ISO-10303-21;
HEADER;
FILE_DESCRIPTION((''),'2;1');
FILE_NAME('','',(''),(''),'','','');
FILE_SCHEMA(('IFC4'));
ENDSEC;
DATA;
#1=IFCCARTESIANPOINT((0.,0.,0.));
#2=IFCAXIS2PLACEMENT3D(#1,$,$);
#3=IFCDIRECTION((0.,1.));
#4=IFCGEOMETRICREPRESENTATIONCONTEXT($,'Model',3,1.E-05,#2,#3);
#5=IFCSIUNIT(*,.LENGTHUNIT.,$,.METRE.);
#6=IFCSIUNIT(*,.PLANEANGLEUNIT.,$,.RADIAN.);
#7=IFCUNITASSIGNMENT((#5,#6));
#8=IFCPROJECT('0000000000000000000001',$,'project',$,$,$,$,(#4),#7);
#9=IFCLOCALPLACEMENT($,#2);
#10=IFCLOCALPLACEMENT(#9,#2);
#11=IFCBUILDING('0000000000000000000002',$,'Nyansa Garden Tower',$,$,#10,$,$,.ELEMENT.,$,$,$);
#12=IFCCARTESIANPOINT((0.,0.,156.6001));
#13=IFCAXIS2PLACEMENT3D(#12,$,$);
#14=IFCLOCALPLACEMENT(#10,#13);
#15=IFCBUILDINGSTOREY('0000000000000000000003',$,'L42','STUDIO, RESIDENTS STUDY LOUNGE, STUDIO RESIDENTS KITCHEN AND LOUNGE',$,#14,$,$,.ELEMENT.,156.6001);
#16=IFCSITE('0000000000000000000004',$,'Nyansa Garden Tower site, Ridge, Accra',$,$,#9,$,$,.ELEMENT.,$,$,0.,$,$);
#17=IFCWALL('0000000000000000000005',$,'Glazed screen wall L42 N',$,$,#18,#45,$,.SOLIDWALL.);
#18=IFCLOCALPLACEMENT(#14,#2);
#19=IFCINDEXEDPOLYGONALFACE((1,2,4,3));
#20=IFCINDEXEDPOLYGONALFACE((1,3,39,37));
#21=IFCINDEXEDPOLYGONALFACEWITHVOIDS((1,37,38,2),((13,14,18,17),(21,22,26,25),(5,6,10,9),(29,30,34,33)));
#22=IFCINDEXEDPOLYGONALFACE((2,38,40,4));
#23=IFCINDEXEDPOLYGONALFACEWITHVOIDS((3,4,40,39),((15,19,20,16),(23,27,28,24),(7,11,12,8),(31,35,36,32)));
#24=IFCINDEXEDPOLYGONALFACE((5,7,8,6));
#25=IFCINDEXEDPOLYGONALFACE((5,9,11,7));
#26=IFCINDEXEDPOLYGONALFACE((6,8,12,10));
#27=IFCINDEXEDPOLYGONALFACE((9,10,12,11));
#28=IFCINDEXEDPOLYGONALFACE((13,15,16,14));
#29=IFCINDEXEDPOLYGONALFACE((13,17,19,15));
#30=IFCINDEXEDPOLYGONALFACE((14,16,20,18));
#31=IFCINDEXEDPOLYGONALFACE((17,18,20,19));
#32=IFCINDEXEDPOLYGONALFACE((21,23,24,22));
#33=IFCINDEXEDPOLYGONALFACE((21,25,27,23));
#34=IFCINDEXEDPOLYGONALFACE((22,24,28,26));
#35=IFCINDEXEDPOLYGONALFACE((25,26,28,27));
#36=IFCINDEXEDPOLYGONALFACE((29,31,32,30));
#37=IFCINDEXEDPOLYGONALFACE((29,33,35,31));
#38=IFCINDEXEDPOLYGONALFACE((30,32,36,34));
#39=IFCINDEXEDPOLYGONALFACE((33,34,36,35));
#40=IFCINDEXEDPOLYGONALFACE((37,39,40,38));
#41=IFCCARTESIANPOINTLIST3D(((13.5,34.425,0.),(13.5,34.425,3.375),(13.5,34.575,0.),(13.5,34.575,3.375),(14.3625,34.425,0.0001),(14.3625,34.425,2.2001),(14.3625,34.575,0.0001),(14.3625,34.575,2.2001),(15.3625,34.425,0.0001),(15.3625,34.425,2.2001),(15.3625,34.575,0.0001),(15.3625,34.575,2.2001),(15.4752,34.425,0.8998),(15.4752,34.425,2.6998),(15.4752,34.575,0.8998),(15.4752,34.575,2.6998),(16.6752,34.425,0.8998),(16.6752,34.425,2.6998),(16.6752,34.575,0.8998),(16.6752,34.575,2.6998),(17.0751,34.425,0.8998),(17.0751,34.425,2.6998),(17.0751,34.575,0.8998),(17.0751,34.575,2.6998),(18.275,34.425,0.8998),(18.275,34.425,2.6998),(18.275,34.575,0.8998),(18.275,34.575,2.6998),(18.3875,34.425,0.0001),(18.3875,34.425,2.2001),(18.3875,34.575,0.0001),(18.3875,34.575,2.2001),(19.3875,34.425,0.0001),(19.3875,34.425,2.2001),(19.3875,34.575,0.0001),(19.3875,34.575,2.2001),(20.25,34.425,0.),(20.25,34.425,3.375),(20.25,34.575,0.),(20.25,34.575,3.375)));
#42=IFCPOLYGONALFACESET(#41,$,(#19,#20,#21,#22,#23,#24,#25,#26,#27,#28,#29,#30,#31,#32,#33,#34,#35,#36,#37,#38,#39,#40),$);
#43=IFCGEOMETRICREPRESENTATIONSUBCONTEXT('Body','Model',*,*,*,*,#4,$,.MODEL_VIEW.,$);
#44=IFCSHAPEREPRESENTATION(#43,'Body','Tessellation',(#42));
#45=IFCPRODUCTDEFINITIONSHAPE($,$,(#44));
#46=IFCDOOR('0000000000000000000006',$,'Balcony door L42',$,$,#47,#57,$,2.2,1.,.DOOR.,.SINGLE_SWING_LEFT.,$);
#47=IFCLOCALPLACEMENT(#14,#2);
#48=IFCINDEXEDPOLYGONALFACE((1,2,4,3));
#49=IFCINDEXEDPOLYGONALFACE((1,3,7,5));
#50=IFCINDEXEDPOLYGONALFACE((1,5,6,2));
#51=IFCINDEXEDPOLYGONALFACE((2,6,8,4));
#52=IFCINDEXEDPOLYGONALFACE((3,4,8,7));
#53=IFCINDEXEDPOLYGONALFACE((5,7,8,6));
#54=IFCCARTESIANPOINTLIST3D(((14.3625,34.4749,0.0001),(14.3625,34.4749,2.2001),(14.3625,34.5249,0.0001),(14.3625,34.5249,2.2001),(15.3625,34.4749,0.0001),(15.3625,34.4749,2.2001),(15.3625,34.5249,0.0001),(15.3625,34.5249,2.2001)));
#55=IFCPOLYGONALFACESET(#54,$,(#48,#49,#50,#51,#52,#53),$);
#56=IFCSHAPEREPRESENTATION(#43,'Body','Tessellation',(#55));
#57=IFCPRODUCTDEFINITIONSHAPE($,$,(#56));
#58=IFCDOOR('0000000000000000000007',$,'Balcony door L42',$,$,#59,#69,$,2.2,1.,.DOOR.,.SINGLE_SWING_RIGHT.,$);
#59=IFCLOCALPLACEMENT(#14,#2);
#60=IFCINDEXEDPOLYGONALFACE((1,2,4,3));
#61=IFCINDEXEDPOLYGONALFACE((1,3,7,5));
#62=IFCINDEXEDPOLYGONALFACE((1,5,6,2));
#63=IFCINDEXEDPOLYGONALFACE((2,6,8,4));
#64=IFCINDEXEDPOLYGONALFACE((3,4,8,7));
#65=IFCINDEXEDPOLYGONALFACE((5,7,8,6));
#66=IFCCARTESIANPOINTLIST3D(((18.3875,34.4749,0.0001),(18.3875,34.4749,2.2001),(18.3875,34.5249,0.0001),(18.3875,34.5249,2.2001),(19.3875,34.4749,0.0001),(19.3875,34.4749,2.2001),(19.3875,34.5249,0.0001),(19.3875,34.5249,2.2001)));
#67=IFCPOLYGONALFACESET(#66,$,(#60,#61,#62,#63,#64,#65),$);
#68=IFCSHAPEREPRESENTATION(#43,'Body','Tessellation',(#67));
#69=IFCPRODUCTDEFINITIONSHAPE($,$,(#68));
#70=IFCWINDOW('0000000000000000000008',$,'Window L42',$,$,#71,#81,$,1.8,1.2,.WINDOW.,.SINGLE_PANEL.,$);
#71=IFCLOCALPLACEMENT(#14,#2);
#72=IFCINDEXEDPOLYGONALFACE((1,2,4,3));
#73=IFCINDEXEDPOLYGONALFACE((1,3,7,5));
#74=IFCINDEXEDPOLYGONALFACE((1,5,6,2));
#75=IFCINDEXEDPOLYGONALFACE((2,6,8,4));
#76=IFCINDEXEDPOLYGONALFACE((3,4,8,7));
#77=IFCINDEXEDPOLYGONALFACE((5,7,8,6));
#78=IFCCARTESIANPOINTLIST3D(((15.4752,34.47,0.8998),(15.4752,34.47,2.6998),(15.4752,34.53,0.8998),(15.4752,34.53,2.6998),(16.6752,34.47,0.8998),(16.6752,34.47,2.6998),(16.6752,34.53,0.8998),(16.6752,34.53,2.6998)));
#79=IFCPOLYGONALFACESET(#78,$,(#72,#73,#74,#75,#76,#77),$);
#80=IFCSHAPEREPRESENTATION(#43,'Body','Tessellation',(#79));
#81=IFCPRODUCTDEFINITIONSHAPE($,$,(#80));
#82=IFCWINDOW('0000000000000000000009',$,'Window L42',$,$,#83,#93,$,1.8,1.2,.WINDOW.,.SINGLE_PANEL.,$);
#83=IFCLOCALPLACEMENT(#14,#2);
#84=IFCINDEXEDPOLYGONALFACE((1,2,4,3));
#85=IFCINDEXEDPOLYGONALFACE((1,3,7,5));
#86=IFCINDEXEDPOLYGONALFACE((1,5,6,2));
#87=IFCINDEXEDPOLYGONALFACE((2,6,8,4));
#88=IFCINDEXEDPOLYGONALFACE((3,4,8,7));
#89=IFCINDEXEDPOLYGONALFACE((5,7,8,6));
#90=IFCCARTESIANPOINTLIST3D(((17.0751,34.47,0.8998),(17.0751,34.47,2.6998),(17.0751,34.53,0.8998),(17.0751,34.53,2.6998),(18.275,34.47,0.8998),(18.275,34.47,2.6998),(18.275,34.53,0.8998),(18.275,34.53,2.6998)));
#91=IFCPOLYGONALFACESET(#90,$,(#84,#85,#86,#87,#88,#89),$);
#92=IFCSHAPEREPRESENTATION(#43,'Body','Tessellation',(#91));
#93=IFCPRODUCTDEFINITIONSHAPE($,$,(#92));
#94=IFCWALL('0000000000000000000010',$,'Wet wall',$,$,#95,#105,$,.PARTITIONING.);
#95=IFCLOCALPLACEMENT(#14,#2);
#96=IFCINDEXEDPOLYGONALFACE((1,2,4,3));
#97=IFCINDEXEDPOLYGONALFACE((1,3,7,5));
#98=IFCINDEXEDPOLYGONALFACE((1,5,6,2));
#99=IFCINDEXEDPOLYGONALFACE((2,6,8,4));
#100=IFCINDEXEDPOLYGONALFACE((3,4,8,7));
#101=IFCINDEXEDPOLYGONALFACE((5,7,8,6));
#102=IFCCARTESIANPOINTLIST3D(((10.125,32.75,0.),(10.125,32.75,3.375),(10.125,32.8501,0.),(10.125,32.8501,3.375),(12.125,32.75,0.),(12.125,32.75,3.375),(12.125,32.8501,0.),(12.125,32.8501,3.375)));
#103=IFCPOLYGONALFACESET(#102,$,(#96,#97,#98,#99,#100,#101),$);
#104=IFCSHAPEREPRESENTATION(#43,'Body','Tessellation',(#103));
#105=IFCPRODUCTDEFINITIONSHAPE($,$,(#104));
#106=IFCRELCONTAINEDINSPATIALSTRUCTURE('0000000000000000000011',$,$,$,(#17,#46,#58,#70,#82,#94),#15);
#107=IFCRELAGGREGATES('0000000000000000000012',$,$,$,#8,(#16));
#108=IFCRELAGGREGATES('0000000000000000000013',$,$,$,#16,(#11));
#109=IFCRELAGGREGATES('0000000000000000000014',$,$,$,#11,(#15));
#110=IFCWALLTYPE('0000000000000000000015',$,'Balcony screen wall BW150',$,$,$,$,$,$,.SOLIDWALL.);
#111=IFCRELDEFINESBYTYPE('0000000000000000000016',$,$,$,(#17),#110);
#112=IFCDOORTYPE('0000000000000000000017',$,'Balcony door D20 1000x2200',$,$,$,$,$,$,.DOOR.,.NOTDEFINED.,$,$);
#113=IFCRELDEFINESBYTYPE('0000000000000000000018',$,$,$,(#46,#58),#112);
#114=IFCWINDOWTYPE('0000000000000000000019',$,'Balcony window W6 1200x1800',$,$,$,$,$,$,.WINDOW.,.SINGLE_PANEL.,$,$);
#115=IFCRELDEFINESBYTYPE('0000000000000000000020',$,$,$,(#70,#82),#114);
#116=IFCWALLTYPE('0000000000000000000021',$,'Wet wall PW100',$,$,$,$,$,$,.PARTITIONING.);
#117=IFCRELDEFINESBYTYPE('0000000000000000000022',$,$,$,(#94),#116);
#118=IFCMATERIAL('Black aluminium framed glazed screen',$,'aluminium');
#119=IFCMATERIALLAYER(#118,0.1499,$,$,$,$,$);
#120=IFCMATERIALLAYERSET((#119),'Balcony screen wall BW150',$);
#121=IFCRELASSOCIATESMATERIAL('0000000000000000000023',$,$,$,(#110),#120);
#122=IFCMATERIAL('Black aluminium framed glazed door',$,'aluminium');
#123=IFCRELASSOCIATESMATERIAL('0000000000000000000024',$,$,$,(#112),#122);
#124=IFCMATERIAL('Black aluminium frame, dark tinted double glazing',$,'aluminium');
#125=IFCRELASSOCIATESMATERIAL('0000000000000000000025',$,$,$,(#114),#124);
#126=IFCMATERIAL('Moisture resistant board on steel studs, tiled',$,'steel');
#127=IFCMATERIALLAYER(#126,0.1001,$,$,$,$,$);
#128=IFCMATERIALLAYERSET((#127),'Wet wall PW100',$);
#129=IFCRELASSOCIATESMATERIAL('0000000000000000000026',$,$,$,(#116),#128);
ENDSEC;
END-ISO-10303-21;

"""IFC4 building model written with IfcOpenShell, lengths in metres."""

from ifc_helpers import new_model, si_unit, direction, frame, frame_2d, origin, place, context, subcontext, project, spatial, rectangle, extrude, material, layer, layer_set, type_object, element, fill, save


model = new_model("IFC4")

# Units and contexts
model_context = context("Model", 3, precision=1e-05, world=origin(), true_north=direction((0.0, 1.0)))
body_context = subcontext(model_context, "Body", "Model", "MODEL_VIEW")
ifc_project = project(units=[si_unit("LENGTHUNIT", "METRE"), si_unit("PLANEANGLEUNIT", "RADIAN")], contexts=[model_context])

# Site, building, storey
site_placement = place(None, origin())
site = spatial("IfcSite", under=ifc_project, at=site_placement, Name="Nyansa Garden Tower site, Ridge, Accra", CompositionType="ELEMENT", RefElevation=0.0)
building_placement = place(site_placement, origin())
building = spatial("IfcBuilding", under=site, at=building_placement, Name="Nyansa Garden Tower", CompositionType="ELEMENT")
storey_placement = place(building_placement, frame((0.0, 0.0, 156.6001)))
storey = spatial("IfcBuildingStorey", under=building, at=storey_placement, Name="L42", Description="STUDIO, RESIDENTS STUDY LOUNGE, STUDIO RESIDENTS KITCHEN AND LOUNGE", CompositionType="ELEMENT", Elevation=156.6001)

# Wall, openings, doors, windows
ifc_material_1 = material(Name="Black aluminium framed glazed screen", Category="aluminium")
ifc_layer_1 = layer(ifc_material_1, 0.1499)
ifc_layer_set_1 = layer_set([ifc_layer_1], Name="Balcony screen wall BW150")
wall_type_1 = type_object("IfcWallType", Name="Balcony screen wall BW150", PredefinedType="SOLIDWALL", material=ifc_layer_set_1)
wall_1_placement = place(storey_placement, frame((13.5, 34.5, 0.0), z_axis=(0.0, 0.0, 1.0), x_axis=(1.0, 0.0, 0.0)))
wall_1 = element("IfcWall", 1, at=wall_1_placement, inside=storey, type_object=wall_type_1, Name="Glazed screen wall L42 N", PredefinedType="SOLIDWALL", context=body_context, shape_type="SweptSolid", body=[
    extrude(rectangle(XDim=6.75, YDim=0.1499, at=frame_2d((3.375, 0.0))), origin(), (0.0, 0.0, 1.0), 3.375),
])
opening_1_placement = place(wall_1_placement, frame((0.8625, 0.0, 0.0)))
opening_1 = element("IfcOpeningElement", 2, at=opening_1_placement, cuts=wall_1, PredefinedType="OPENING", context=body_context, shape_type="SweptSolid", body=[
    extrude(rectangle(XDim=1.0, YDim=2.2, at=frame_2d((0.5, 1.1001))), frame((0.0, 0.085, 0.0), z_axis=(0.0, -1.0, 0.0), x_axis=(1.0, 0.0, 0.0)), (0.0, 0.0, 1.0), 0.1699),
])
opening_2_placement = place(wall_1_placement, frame((1.9751, 0.0, 0.8999)))
opening_2 = element("IfcOpeningElement", 3, at=opening_2_placement, cuts=wall_1, PredefinedType="OPENING", context=body_context, shape_type="SweptSolid", body=[
    extrude(rectangle(XDim=1.2, YDim=1.8, at=frame_2d((0.6001, 0.8999))), frame((0.0, 0.085, 0.0), z_axis=(0.0, -1.0, 0.0), x_axis=(1.0, 0.0, 0.0)), (0.0, 0.0, 1.0), 0.1699),
])
opening_3_placement = place(wall_1_placement, frame((4.8875, 0.0, 0.0)))
opening_3 = element("IfcOpeningElement", 4, at=opening_3_placement, cuts=wall_1, PredefinedType="OPENING", context=body_context, shape_type="SweptSolid", body=[
    extrude(rectangle(XDim=1.0, YDim=2.2, at=frame_2d((0.5, 1.1001))), frame((0.0, 0.085, 0.0), z_axis=(0.0, -1.0, 0.0), x_axis=(1.0, 0.0, 0.0)), (0.0, 0.0, 1.0), 0.1699),
])
opening_4_placement = place(wall_1_placement, frame((3.575, 0.0, 0.8999)))
opening_4 = element("IfcOpeningElement", 5, at=opening_4_placement, cuts=wall_1, PredefinedType="OPENING", context=body_context, shape_type="SweptSolid", body=[
    extrude(rectangle(XDim=1.2, YDim=1.8, at=frame_2d((0.6001, 0.8999))), frame((0.0, 0.085, 0.0), z_axis=(0.0, -1.0, 0.0), x_axis=(1.0, 0.0, 0.0)), (0.0, 0.0, 1.0), 0.1699),
])
ifc_material_2 = material(Name="Black aluminium framed glazed door", Category="aluminium")
door_type = type_object("IfcDoorType", Name="Balcony door D20 1000x2200", OperationType="NOTDEFINED", PredefinedType="DOOR", material=ifc_material_2)
door_1_placement = place(opening_1_placement, origin())
door_1 = element("IfcDoor", 6, at=door_1_placement, inside=storey, type_object=door_type, Name="Balcony door L42", OperationType="SINGLE_SWING_LEFT", OverallHeight=2.2, OverallWidth=1.0, PredefinedType="DOOR", context=body_context, shape_type="SweptSolid", body=[
    extrude(rectangle(XDim=1.0, YDim=2.2, at=frame_2d((0.5, 1.1001))), frame((0.0, 0.0249, 0.0), z_axis=(0.0, -1.0, 0.0), x_axis=(1.0, 0.0, 0.0)), (0.0, 0.0, 1.0), 0.05),
])
fill(opening_1, door_1)
door_2_placement = place(opening_3_placement, origin())
door_2 = element("IfcDoor", 7, at=door_2_placement, inside=storey, type_object=door_type, Name="Balcony door L42", OperationType="SINGLE_SWING_RIGHT", OverallHeight=2.2, OverallWidth=1.0, PredefinedType="DOOR", context=body_context, shape_type="SweptSolid", body=[
    extrude(rectangle(XDim=1.0, YDim=2.2, at=frame_2d((0.5, 1.1001))), frame((0.0, 0.0249, 0.0), z_axis=(0.0, -1.0, 0.0), x_axis=(1.0, 0.0, 0.0)), (0.0, 0.0, 1.0), 0.05),
])
fill(opening_3, door_2)
ifc_material_3 = material(Name="Black aluminium frame, dark tinted double glazing", Category="aluminium")
window_type = type_object("IfcWindowType", Name="Balcony window W6 1200x1800", PartitioningType="SINGLE_PANEL", PredefinedType="WINDOW", material=ifc_material_3)
window_1_placement = place(opening_2_placement, origin())
window_1 = element("IfcWindow", 8, at=window_1_placement, inside=storey, type_object=window_type, Name="Window L42", OverallHeight=1.8, OverallWidth=1.2, PartitioningType="SINGLE_PANEL", PredefinedType="WINDOW", context=body_context, shape_type="SweptSolid", body=[
    extrude(rectangle(XDim=1.2, YDim=1.8, at=frame_2d((0.6001, 0.8999))), frame((0.0, 0.03, 0.0), z_axis=(0.0, -1.0, 0.0), x_axis=(1.0, 0.0, 0.0)), (0.0, 0.0, 1.0), 0.0601),
])
fill(opening_2, window_1)
window_2_placement = place(opening_4_placement, origin())
window_2 = element("IfcWindow", 9, at=window_2_placement, inside=storey, type_object=window_type, Name="Window L42", OverallHeight=1.8, OverallWidth=1.2, PartitioningType="SINGLE_PANEL", PredefinedType="WINDOW", context=body_context, shape_type="SweptSolid", body=[
    extrude(rectangle(XDim=1.2, YDim=1.8, at=frame_2d((0.6001, 0.8999))), frame((0.0, 0.03, 0.0), z_axis=(0.0, -1.0, 0.0), x_axis=(1.0, 0.0, 0.0)), (0.0, 0.0, 1.0), 0.0601),
])
fill(opening_4, window_2)

# Wall
ifc_material_4 = material(Name="Moisture resistant board on steel studs, tiled", Category="steel")
ifc_layer_2 = layer(ifc_material_4, 0.1001)
ifc_layer_set_2 = layer_set([ifc_layer_2], Name="Wet wall PW100")
wall_type_2 = type_object("IfcWallType", Name="Wet wall PW100", PredefinedType="PARTITIONING", material=ifc_layer_set_2)
wall_2_placement = place(storey_placement, frame((10.125, 32.8, 0.0), z_axis=(0.0, 0.0, 1.0), x_axis=(1.0, 0.0, 0.0)))
element("IfcWall", 10, at=wall_2_placement, inside=storey, type_object=wall_type_2, Name="Wet wall", PredefinedType="PARTITIONING", context=body_context, shape_type="SweptSolid", body=[
    extrude(rectangle(XDim=2.0, YDim=0.1001, at=frame_2d((1.0, 0.0))), origin(), (0.0, 0.0, 1.0), 3.375),
])

save(model, "model.ifc")
